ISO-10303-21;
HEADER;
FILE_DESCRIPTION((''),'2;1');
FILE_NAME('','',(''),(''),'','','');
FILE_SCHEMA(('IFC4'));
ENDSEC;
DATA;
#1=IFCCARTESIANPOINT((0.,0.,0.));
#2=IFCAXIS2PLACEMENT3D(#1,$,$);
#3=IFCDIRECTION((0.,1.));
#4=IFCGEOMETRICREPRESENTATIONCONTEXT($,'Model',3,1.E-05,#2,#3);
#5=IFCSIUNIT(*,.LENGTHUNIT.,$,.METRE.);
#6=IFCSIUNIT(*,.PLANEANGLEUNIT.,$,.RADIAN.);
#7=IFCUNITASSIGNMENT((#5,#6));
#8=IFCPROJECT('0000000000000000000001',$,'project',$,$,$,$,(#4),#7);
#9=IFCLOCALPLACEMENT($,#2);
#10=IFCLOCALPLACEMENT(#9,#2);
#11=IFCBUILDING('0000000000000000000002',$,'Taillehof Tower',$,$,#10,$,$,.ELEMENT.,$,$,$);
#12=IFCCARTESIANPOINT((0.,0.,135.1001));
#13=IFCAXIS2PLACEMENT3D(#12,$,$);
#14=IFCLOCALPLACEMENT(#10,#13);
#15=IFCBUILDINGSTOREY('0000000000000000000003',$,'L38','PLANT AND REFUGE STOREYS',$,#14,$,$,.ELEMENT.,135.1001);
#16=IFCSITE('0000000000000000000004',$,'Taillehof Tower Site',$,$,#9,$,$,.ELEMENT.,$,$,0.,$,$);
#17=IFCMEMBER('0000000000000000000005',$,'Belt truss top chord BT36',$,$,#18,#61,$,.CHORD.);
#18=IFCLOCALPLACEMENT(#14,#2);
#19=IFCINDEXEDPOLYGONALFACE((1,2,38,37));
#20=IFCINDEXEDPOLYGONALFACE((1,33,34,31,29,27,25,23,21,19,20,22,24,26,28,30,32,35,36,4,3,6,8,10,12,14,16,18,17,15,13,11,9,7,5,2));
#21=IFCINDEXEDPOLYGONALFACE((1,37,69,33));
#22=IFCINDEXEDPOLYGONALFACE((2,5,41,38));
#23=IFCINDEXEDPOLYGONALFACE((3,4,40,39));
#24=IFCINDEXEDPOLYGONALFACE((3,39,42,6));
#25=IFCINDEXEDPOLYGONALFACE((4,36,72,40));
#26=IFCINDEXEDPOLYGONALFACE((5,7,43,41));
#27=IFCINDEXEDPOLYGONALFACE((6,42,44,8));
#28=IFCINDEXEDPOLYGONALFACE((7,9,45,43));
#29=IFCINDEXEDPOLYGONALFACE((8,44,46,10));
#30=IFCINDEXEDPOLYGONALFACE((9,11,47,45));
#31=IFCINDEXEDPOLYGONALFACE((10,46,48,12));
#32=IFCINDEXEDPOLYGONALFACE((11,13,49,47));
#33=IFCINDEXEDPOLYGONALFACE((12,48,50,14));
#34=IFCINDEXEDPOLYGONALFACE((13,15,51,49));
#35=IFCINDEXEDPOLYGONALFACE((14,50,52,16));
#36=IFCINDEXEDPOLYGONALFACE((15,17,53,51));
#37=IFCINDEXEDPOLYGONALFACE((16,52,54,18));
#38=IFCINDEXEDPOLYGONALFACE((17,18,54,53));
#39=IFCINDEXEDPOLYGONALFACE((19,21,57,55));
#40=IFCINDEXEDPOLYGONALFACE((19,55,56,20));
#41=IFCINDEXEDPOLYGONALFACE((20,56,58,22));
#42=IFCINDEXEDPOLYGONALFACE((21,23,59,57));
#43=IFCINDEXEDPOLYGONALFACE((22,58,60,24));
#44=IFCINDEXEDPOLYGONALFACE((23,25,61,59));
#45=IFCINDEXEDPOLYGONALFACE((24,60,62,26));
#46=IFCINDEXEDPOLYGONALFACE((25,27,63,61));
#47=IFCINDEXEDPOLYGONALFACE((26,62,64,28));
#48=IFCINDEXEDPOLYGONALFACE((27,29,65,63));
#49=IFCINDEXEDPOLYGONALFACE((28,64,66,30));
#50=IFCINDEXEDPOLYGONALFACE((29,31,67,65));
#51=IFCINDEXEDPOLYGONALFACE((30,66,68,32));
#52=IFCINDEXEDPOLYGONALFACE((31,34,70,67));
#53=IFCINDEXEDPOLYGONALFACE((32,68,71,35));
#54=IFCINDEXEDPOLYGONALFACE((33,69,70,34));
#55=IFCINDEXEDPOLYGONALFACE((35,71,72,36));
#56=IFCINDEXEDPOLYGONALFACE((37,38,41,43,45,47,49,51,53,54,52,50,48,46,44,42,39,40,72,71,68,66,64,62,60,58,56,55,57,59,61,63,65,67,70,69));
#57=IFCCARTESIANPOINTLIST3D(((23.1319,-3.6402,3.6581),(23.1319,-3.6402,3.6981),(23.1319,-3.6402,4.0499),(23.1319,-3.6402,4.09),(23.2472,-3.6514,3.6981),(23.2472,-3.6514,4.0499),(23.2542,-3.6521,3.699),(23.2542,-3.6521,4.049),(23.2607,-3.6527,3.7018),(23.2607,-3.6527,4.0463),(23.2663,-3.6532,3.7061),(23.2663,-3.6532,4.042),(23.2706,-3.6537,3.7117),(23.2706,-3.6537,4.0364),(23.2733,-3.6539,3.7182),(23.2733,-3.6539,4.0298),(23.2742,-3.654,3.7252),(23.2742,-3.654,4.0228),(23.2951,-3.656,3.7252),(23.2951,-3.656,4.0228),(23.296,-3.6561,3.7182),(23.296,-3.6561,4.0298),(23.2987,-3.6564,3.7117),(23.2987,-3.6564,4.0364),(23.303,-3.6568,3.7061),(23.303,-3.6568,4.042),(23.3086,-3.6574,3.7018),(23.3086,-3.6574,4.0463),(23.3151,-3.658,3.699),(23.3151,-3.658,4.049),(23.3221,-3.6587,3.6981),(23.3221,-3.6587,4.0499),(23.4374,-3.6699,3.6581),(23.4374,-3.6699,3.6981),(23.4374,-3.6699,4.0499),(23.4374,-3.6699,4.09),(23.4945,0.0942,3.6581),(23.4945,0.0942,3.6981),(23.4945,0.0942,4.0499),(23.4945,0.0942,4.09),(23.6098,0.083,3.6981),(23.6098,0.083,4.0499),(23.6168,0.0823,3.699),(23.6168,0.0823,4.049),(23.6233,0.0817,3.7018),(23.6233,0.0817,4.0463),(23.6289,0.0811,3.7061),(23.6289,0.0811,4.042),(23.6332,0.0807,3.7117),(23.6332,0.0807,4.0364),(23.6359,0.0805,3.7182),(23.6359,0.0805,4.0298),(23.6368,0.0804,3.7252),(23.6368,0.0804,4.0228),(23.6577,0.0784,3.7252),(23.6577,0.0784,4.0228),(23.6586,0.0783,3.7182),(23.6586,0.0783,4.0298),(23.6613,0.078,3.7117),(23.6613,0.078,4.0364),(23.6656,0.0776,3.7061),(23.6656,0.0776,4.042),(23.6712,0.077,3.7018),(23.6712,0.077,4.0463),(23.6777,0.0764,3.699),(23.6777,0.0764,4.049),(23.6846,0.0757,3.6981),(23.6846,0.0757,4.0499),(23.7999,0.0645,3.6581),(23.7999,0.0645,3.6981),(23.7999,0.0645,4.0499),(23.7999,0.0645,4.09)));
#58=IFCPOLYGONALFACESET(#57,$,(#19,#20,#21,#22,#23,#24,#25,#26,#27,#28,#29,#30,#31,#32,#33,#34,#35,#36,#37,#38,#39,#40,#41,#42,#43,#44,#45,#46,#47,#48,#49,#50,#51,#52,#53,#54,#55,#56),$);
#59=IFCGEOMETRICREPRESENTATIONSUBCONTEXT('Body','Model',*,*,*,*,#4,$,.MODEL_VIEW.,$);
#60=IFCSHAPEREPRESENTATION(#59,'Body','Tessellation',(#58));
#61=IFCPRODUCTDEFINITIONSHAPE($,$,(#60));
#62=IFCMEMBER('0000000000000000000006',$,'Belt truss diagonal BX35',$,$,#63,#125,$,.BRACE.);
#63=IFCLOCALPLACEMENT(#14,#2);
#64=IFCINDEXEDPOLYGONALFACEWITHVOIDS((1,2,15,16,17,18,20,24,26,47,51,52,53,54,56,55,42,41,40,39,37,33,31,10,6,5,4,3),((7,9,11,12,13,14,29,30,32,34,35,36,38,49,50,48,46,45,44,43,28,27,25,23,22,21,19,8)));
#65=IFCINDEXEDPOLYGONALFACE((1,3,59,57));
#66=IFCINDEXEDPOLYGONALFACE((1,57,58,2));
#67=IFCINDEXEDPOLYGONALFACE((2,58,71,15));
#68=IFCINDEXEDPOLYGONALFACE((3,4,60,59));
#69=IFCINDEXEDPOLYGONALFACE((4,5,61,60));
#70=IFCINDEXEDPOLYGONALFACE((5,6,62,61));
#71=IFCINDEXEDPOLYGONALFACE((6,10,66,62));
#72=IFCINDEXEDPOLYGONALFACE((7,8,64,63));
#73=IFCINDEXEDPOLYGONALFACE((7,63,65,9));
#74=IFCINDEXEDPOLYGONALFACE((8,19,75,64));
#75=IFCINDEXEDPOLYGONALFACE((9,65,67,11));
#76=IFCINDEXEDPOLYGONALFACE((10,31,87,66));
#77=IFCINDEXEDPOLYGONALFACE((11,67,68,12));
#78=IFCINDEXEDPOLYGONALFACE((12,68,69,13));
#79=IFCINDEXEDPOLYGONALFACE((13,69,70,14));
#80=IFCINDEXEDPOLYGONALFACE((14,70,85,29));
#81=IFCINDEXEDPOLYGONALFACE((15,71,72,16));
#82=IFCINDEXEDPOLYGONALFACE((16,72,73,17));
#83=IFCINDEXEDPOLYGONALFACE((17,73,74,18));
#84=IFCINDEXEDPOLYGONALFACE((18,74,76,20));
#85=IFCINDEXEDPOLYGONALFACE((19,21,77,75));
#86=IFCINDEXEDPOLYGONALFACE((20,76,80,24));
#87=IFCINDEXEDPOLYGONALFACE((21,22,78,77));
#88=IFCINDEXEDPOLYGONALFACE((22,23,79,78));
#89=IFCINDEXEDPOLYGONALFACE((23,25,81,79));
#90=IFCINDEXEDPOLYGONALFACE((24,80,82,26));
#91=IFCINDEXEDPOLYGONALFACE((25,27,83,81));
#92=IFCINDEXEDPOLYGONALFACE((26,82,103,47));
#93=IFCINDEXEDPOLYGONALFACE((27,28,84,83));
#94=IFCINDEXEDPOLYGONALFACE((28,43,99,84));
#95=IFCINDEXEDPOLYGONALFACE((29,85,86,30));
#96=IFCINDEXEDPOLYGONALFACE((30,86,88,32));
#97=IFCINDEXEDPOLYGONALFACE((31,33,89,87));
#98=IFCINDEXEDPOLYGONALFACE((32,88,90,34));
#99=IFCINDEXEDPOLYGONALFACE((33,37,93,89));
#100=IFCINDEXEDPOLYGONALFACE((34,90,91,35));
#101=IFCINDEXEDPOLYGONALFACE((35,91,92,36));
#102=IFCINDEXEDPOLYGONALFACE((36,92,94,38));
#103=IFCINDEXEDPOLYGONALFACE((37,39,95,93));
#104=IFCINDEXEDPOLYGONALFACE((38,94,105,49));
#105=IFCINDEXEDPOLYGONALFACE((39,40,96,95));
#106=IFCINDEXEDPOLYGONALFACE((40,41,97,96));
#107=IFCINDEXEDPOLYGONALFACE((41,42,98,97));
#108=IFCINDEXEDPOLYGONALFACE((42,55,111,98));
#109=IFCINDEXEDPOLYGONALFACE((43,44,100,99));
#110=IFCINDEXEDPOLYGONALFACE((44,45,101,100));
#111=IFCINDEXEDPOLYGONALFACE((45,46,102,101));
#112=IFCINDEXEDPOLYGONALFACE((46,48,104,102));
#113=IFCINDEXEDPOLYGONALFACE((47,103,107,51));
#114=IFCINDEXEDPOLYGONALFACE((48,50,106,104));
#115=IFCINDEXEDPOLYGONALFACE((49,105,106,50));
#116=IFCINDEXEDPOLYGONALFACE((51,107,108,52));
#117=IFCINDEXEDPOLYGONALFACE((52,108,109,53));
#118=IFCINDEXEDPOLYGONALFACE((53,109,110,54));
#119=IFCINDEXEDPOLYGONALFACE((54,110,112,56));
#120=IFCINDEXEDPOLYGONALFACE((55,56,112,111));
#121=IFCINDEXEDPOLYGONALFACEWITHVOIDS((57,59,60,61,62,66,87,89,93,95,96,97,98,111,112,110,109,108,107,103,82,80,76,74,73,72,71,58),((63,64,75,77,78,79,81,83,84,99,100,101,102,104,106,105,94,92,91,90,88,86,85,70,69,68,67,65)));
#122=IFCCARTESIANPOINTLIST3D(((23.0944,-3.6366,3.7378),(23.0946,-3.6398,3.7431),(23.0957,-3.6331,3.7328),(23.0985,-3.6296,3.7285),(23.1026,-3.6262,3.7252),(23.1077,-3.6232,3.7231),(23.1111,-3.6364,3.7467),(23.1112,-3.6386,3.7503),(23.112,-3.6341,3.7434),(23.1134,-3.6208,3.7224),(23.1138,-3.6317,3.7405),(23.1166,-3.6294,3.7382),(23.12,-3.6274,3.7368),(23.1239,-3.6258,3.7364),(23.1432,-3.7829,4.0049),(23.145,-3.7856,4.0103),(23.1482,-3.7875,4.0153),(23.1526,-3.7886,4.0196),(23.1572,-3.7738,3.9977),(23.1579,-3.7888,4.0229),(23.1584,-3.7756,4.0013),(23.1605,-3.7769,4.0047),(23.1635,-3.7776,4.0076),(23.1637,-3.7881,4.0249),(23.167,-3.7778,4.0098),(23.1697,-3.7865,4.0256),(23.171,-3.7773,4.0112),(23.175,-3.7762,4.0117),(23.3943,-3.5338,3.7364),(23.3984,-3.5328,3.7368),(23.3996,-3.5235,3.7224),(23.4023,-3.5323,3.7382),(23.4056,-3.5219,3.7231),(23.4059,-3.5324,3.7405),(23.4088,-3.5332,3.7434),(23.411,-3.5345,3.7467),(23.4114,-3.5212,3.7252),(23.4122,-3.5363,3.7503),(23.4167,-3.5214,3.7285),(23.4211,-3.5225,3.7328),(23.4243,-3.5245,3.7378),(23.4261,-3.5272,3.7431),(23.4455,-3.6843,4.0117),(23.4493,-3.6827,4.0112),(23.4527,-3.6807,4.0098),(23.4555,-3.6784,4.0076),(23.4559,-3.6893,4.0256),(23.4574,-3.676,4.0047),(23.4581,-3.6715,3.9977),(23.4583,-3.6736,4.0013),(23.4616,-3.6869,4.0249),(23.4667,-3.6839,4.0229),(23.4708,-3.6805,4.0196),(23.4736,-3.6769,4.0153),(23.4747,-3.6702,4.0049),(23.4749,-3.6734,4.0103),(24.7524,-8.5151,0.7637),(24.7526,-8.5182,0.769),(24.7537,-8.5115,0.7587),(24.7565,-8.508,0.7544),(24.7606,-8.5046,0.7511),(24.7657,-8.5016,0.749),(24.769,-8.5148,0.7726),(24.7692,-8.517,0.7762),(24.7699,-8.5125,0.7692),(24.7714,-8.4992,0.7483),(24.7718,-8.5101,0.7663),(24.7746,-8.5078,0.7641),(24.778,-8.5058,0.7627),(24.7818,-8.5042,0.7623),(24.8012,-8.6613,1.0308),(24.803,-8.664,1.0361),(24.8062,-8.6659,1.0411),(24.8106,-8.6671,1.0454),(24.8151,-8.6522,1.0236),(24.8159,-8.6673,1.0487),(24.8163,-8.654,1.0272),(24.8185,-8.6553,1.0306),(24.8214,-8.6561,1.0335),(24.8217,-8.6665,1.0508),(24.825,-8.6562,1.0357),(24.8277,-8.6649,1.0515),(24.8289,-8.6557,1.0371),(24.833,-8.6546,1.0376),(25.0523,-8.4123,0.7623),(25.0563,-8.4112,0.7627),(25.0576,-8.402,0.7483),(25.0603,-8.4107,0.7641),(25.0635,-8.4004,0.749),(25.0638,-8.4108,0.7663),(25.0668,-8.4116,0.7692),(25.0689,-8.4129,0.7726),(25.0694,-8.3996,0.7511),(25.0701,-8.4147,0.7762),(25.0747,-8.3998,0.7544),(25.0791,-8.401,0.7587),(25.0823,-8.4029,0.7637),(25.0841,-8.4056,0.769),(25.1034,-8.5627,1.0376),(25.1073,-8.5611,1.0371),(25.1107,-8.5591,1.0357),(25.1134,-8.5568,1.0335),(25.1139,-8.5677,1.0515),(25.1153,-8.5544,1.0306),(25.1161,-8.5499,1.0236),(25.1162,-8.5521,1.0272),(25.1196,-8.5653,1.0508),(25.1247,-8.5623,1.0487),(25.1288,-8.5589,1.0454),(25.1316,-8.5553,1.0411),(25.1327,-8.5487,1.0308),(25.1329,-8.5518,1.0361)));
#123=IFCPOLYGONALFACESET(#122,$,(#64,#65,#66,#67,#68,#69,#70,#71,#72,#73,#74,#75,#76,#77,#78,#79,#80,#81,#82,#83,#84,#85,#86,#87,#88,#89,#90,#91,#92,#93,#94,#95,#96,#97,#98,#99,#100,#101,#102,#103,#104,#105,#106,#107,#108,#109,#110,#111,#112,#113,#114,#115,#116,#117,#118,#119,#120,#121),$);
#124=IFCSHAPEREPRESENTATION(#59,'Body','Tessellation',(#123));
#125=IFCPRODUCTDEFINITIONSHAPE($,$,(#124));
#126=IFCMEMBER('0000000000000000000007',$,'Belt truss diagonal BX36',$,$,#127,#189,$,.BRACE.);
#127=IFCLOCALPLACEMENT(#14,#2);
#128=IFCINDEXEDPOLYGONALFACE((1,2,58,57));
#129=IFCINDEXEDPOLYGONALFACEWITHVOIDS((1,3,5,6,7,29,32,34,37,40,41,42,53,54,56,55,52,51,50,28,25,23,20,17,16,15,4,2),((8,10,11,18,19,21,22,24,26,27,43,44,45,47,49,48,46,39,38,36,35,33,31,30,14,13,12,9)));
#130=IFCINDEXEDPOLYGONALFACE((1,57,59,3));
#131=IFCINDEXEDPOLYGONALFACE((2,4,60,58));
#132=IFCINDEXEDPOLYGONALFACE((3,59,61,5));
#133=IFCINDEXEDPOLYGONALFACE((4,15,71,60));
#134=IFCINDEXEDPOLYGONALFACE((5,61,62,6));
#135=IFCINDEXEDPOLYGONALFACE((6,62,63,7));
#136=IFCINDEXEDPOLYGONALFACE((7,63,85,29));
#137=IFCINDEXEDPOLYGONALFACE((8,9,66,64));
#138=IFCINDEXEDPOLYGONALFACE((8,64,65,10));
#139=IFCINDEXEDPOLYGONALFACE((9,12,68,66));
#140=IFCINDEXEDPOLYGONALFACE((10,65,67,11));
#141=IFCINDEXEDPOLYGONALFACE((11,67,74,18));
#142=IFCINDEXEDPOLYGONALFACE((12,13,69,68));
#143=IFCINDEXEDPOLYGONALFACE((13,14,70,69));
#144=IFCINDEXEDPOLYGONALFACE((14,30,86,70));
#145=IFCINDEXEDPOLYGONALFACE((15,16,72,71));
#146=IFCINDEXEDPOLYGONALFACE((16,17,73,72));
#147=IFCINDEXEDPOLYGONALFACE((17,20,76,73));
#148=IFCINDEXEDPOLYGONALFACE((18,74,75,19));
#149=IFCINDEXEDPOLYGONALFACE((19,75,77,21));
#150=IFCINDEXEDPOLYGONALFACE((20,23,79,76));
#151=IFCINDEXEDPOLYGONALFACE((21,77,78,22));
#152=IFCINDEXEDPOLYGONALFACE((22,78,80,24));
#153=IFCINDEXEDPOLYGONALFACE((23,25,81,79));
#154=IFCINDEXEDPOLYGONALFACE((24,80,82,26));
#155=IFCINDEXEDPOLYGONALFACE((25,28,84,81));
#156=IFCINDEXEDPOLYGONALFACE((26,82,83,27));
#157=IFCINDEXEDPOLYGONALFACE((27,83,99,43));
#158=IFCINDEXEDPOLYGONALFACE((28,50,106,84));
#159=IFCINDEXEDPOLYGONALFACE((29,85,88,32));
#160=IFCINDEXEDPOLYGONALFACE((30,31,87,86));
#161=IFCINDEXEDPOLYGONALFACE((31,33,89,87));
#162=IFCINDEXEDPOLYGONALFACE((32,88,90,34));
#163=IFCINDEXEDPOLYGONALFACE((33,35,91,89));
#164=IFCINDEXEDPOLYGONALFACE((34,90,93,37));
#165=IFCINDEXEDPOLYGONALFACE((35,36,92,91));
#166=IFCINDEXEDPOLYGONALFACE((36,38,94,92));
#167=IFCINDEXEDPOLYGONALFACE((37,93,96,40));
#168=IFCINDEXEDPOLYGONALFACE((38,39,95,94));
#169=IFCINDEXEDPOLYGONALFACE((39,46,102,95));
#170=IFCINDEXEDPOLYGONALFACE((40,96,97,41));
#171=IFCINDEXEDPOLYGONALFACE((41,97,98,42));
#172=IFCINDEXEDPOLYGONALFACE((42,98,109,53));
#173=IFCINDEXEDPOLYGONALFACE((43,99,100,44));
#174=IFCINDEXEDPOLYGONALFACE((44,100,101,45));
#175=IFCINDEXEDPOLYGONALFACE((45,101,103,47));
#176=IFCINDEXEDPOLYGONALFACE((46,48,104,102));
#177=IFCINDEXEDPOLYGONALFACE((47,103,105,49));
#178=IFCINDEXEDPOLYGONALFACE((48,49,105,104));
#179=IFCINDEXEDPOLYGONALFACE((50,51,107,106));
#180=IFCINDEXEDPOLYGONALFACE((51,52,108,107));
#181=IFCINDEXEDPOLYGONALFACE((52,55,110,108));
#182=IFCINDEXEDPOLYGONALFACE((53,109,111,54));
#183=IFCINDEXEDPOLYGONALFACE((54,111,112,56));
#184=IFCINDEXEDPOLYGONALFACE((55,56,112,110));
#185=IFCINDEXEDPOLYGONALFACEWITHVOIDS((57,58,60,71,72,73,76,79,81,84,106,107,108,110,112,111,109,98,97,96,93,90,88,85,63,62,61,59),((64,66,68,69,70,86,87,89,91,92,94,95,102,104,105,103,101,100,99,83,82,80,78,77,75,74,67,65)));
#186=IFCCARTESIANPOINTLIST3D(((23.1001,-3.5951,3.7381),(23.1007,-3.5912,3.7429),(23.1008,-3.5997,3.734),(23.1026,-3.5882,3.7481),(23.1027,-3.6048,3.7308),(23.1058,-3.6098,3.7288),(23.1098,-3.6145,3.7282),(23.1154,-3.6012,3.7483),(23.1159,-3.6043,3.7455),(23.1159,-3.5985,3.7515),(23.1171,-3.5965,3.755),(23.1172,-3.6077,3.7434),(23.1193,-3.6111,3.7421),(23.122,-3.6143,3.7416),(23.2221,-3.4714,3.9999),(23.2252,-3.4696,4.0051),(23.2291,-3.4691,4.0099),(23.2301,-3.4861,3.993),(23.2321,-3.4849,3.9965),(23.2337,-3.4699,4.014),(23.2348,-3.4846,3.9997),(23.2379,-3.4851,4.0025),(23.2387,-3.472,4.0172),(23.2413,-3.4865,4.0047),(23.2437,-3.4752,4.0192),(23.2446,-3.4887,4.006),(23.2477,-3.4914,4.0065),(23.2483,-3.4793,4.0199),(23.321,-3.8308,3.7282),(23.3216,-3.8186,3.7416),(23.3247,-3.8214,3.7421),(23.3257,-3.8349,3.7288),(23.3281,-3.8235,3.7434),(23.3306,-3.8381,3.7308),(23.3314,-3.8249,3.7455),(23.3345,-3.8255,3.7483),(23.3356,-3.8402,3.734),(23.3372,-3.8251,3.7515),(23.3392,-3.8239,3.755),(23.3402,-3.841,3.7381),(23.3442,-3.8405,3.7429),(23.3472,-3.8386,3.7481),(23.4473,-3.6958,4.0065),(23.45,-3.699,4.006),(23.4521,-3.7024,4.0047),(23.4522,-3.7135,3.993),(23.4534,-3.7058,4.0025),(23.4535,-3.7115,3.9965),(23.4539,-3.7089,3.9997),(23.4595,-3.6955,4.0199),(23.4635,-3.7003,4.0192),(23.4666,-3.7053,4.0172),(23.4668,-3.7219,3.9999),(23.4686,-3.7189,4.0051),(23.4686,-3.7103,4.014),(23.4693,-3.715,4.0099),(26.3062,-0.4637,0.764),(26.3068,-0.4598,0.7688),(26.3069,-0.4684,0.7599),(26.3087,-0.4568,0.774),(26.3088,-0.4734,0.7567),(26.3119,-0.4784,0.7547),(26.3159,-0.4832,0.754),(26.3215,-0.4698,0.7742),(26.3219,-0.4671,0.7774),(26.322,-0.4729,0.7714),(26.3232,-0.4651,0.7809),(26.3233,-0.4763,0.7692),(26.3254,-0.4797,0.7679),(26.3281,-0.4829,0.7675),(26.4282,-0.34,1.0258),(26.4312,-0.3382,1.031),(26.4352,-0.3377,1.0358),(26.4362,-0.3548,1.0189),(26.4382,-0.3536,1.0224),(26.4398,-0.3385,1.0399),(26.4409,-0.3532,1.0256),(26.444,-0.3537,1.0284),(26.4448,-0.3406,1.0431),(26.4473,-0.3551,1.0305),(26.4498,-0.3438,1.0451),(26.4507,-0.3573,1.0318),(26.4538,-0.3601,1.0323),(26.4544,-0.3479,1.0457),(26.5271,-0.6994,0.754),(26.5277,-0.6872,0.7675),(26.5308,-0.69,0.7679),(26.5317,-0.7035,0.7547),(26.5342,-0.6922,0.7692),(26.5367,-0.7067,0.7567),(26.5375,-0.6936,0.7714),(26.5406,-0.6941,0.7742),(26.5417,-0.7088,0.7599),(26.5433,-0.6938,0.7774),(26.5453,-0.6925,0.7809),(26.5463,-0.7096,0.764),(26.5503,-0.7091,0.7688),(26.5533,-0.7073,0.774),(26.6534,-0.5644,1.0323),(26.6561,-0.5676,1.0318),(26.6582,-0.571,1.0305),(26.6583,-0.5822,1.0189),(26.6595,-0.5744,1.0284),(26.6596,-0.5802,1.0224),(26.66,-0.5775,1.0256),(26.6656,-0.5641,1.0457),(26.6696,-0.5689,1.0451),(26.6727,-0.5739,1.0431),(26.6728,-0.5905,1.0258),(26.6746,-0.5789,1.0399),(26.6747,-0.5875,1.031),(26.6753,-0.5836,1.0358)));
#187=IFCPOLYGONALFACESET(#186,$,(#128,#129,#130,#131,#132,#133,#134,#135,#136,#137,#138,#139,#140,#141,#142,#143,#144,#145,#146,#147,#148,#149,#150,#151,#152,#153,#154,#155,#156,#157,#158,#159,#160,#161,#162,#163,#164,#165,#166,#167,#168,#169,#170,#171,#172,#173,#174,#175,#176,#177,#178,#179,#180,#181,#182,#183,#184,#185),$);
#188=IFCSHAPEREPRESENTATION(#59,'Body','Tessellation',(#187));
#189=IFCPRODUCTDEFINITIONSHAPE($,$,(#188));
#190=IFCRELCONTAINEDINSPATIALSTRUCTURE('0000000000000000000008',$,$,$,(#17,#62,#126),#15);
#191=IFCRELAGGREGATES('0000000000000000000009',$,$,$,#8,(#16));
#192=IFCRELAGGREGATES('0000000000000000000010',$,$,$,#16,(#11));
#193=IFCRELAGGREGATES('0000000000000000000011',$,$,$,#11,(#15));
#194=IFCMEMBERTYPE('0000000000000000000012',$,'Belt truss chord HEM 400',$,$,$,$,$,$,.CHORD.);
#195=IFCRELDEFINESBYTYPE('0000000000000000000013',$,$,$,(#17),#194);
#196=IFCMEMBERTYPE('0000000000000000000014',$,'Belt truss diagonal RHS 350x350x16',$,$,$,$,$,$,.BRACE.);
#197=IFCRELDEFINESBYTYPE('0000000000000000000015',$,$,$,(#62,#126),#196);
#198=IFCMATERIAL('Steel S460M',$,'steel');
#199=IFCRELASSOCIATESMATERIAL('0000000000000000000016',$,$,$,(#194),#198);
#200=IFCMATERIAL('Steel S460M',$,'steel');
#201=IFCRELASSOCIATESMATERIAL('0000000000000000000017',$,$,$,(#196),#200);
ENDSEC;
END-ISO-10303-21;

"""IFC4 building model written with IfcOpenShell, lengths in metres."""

from ifc_helpers import new_model, si_unit, direction, frame, origin, origin_2d, place, context, subcontext, project, spatial, hollow_rectangle, i_section, extrude, material, material_profile, profile_set, type_object, element, save


model = new_model("IFC4")

# Units and contexts
model_context = context("Model", 3, precision=1e-05, world=origin(), true_north=direction((0.0, 1.0)))
body_context = subcontext(model_context, "Body", "Model", "MODEL_VIEW")
ifc_project = project(units=[si_unit("LENGTHUNIT", "METRE"), si_unit("PLANEANGLEUNIT", "RADIAN")], contexts=[model_context])

# Site, building, storey
site_placement = place(None, origin())
site = spatial("IfcSite", under=ifc_project, at=site_placement, Name="Taillehof Tower Site", CompositionType="ELEMENT", RefElevation=0.0)
building_placement = place(site_placement, origin())
building = spatial("IfcBuilding", under=site, at=building_placement, Name="Taillehof Tower", CompositionType="ELEMENT")
storey_placement = place(building_placement, frame((0.0, 0.0, 135.1001)))
storey = spatial("IfcBuildingStorey", under=building, at=storey_placement, Name="L38", Description="PLANT AND REFUGE STOREYS", CompositionType="ELEMENT", Elevation=135.1001)

# Members
ifc_material_1 = material(Name="Steel S460M", Category="steel")
ifc_material_profile_1 = material_profile(ifc_material_1, i_section(OverallWidth=0.3069, OverallDepth=0.4319, WebThickness=0.021, FlangeThickness=0.04, FilletRadius=0.0271, at=origin_2d()), Name="HEM 400")
ifc_profile_set_1 = profile_set([ifc_material_profile_1], Name="Steel S460M")
member_type_1 = type_object("IfcMemberType", Name="Belt truss chord HEM 400", PredefinedType="CHORD", material=ifc_profile_set_1)
member_1_placement = place(storey_placement, frame((23.2847, -3.655, 3.874), z_axis=(0.09663, 0.99532, 0.0), x_axis=(-0.99532, 0.09663, 0.0)))
element("IfcMember", 1, at=member_1_placement, inside=storey, type_object=member_type_1, Name="Belt truss top chord BT36", PredefinedType="CHORD", context=body_context, shape_type="SweptSolid", body=[
    extrude(i_section(OverallWidth=0.3069, OverallDepth=0.4319, WebThickness=0.021, FlangeThickness=0.04, FilletRadius=0.0271, at=origin_2d()), origin(), (0.0, 0.0, 1.0), 3.752),
])
ifc_material_2 = material(Name="Steel S460M", Category="steel")
ifc_material_profile_2 = material_profile(ifc_material_2, hollow_rectangle(XDim=0.3501, YDim=0.3501, WallThickness=0.0161, InnerFilletRadius=0.0161, OuterFilletRadius=0.0239, at=origin_2d()), Name="RHS 350x350x16")
ifc_profile_set_2 = profile_set([ifc_material_profile_2], Name="Steel S460M")
member_type_2 = type_object("IfcMemberType", Name="Belt truss diagonal RHS 350x350x16", PredefinedType="BRACE", material=ifc_profile_set_2)
member_2_placement = place(storey_placement, frame((24.9426, -8.5334, 0.8999), z_axis=(-0.278685, 0.82001, 0.499918), x_axis=(-0.946814, -0.32178, 0.0)))
element("IfcMember", 2, at=member_2_placement, inside=storey, type_object=member_type_2, Name="Belt truss diagonal BX35", PredefinedType="BRACE", context=body_context, shape_type="SweptSolid", body=[
    extrude(hollow_rectangle(XDim=0.3501, YDim=0.3501, WallThickness=0.0161, InnerFilletRadius=0.0161, OuterFilletRadius=0.0239, at=origin_2d()), origin(), (0.0, 0.0, 1.0), 5.9492),
])
member_3_placement = place(storey_placement, frame((23.2847, -3.655, 3.874), z_axis=(0.596074, 0.582185, -0.552953), x_axis=(-0.698723, 0.715393, 0.0)))
element("IfcMember", 3, at=member_3_placement, inside=storey, type_object=member_type_2, Name="Belt truss diagonal BX36", PredefinedType="BRACE", context=body_context, shape_type="SweptSolid", body=[
    extrude(hollow_rectangle(XDim=0.3501, YDim=0.3501, WallThickness=0.0161, InnerFilletRadius=0.0161, OuterFilletRadius=0.0239, at=origin_2d()), origin(), (0.0, 0.0, 1.0), 5.3787),
])

save(model, "model.ifc")
